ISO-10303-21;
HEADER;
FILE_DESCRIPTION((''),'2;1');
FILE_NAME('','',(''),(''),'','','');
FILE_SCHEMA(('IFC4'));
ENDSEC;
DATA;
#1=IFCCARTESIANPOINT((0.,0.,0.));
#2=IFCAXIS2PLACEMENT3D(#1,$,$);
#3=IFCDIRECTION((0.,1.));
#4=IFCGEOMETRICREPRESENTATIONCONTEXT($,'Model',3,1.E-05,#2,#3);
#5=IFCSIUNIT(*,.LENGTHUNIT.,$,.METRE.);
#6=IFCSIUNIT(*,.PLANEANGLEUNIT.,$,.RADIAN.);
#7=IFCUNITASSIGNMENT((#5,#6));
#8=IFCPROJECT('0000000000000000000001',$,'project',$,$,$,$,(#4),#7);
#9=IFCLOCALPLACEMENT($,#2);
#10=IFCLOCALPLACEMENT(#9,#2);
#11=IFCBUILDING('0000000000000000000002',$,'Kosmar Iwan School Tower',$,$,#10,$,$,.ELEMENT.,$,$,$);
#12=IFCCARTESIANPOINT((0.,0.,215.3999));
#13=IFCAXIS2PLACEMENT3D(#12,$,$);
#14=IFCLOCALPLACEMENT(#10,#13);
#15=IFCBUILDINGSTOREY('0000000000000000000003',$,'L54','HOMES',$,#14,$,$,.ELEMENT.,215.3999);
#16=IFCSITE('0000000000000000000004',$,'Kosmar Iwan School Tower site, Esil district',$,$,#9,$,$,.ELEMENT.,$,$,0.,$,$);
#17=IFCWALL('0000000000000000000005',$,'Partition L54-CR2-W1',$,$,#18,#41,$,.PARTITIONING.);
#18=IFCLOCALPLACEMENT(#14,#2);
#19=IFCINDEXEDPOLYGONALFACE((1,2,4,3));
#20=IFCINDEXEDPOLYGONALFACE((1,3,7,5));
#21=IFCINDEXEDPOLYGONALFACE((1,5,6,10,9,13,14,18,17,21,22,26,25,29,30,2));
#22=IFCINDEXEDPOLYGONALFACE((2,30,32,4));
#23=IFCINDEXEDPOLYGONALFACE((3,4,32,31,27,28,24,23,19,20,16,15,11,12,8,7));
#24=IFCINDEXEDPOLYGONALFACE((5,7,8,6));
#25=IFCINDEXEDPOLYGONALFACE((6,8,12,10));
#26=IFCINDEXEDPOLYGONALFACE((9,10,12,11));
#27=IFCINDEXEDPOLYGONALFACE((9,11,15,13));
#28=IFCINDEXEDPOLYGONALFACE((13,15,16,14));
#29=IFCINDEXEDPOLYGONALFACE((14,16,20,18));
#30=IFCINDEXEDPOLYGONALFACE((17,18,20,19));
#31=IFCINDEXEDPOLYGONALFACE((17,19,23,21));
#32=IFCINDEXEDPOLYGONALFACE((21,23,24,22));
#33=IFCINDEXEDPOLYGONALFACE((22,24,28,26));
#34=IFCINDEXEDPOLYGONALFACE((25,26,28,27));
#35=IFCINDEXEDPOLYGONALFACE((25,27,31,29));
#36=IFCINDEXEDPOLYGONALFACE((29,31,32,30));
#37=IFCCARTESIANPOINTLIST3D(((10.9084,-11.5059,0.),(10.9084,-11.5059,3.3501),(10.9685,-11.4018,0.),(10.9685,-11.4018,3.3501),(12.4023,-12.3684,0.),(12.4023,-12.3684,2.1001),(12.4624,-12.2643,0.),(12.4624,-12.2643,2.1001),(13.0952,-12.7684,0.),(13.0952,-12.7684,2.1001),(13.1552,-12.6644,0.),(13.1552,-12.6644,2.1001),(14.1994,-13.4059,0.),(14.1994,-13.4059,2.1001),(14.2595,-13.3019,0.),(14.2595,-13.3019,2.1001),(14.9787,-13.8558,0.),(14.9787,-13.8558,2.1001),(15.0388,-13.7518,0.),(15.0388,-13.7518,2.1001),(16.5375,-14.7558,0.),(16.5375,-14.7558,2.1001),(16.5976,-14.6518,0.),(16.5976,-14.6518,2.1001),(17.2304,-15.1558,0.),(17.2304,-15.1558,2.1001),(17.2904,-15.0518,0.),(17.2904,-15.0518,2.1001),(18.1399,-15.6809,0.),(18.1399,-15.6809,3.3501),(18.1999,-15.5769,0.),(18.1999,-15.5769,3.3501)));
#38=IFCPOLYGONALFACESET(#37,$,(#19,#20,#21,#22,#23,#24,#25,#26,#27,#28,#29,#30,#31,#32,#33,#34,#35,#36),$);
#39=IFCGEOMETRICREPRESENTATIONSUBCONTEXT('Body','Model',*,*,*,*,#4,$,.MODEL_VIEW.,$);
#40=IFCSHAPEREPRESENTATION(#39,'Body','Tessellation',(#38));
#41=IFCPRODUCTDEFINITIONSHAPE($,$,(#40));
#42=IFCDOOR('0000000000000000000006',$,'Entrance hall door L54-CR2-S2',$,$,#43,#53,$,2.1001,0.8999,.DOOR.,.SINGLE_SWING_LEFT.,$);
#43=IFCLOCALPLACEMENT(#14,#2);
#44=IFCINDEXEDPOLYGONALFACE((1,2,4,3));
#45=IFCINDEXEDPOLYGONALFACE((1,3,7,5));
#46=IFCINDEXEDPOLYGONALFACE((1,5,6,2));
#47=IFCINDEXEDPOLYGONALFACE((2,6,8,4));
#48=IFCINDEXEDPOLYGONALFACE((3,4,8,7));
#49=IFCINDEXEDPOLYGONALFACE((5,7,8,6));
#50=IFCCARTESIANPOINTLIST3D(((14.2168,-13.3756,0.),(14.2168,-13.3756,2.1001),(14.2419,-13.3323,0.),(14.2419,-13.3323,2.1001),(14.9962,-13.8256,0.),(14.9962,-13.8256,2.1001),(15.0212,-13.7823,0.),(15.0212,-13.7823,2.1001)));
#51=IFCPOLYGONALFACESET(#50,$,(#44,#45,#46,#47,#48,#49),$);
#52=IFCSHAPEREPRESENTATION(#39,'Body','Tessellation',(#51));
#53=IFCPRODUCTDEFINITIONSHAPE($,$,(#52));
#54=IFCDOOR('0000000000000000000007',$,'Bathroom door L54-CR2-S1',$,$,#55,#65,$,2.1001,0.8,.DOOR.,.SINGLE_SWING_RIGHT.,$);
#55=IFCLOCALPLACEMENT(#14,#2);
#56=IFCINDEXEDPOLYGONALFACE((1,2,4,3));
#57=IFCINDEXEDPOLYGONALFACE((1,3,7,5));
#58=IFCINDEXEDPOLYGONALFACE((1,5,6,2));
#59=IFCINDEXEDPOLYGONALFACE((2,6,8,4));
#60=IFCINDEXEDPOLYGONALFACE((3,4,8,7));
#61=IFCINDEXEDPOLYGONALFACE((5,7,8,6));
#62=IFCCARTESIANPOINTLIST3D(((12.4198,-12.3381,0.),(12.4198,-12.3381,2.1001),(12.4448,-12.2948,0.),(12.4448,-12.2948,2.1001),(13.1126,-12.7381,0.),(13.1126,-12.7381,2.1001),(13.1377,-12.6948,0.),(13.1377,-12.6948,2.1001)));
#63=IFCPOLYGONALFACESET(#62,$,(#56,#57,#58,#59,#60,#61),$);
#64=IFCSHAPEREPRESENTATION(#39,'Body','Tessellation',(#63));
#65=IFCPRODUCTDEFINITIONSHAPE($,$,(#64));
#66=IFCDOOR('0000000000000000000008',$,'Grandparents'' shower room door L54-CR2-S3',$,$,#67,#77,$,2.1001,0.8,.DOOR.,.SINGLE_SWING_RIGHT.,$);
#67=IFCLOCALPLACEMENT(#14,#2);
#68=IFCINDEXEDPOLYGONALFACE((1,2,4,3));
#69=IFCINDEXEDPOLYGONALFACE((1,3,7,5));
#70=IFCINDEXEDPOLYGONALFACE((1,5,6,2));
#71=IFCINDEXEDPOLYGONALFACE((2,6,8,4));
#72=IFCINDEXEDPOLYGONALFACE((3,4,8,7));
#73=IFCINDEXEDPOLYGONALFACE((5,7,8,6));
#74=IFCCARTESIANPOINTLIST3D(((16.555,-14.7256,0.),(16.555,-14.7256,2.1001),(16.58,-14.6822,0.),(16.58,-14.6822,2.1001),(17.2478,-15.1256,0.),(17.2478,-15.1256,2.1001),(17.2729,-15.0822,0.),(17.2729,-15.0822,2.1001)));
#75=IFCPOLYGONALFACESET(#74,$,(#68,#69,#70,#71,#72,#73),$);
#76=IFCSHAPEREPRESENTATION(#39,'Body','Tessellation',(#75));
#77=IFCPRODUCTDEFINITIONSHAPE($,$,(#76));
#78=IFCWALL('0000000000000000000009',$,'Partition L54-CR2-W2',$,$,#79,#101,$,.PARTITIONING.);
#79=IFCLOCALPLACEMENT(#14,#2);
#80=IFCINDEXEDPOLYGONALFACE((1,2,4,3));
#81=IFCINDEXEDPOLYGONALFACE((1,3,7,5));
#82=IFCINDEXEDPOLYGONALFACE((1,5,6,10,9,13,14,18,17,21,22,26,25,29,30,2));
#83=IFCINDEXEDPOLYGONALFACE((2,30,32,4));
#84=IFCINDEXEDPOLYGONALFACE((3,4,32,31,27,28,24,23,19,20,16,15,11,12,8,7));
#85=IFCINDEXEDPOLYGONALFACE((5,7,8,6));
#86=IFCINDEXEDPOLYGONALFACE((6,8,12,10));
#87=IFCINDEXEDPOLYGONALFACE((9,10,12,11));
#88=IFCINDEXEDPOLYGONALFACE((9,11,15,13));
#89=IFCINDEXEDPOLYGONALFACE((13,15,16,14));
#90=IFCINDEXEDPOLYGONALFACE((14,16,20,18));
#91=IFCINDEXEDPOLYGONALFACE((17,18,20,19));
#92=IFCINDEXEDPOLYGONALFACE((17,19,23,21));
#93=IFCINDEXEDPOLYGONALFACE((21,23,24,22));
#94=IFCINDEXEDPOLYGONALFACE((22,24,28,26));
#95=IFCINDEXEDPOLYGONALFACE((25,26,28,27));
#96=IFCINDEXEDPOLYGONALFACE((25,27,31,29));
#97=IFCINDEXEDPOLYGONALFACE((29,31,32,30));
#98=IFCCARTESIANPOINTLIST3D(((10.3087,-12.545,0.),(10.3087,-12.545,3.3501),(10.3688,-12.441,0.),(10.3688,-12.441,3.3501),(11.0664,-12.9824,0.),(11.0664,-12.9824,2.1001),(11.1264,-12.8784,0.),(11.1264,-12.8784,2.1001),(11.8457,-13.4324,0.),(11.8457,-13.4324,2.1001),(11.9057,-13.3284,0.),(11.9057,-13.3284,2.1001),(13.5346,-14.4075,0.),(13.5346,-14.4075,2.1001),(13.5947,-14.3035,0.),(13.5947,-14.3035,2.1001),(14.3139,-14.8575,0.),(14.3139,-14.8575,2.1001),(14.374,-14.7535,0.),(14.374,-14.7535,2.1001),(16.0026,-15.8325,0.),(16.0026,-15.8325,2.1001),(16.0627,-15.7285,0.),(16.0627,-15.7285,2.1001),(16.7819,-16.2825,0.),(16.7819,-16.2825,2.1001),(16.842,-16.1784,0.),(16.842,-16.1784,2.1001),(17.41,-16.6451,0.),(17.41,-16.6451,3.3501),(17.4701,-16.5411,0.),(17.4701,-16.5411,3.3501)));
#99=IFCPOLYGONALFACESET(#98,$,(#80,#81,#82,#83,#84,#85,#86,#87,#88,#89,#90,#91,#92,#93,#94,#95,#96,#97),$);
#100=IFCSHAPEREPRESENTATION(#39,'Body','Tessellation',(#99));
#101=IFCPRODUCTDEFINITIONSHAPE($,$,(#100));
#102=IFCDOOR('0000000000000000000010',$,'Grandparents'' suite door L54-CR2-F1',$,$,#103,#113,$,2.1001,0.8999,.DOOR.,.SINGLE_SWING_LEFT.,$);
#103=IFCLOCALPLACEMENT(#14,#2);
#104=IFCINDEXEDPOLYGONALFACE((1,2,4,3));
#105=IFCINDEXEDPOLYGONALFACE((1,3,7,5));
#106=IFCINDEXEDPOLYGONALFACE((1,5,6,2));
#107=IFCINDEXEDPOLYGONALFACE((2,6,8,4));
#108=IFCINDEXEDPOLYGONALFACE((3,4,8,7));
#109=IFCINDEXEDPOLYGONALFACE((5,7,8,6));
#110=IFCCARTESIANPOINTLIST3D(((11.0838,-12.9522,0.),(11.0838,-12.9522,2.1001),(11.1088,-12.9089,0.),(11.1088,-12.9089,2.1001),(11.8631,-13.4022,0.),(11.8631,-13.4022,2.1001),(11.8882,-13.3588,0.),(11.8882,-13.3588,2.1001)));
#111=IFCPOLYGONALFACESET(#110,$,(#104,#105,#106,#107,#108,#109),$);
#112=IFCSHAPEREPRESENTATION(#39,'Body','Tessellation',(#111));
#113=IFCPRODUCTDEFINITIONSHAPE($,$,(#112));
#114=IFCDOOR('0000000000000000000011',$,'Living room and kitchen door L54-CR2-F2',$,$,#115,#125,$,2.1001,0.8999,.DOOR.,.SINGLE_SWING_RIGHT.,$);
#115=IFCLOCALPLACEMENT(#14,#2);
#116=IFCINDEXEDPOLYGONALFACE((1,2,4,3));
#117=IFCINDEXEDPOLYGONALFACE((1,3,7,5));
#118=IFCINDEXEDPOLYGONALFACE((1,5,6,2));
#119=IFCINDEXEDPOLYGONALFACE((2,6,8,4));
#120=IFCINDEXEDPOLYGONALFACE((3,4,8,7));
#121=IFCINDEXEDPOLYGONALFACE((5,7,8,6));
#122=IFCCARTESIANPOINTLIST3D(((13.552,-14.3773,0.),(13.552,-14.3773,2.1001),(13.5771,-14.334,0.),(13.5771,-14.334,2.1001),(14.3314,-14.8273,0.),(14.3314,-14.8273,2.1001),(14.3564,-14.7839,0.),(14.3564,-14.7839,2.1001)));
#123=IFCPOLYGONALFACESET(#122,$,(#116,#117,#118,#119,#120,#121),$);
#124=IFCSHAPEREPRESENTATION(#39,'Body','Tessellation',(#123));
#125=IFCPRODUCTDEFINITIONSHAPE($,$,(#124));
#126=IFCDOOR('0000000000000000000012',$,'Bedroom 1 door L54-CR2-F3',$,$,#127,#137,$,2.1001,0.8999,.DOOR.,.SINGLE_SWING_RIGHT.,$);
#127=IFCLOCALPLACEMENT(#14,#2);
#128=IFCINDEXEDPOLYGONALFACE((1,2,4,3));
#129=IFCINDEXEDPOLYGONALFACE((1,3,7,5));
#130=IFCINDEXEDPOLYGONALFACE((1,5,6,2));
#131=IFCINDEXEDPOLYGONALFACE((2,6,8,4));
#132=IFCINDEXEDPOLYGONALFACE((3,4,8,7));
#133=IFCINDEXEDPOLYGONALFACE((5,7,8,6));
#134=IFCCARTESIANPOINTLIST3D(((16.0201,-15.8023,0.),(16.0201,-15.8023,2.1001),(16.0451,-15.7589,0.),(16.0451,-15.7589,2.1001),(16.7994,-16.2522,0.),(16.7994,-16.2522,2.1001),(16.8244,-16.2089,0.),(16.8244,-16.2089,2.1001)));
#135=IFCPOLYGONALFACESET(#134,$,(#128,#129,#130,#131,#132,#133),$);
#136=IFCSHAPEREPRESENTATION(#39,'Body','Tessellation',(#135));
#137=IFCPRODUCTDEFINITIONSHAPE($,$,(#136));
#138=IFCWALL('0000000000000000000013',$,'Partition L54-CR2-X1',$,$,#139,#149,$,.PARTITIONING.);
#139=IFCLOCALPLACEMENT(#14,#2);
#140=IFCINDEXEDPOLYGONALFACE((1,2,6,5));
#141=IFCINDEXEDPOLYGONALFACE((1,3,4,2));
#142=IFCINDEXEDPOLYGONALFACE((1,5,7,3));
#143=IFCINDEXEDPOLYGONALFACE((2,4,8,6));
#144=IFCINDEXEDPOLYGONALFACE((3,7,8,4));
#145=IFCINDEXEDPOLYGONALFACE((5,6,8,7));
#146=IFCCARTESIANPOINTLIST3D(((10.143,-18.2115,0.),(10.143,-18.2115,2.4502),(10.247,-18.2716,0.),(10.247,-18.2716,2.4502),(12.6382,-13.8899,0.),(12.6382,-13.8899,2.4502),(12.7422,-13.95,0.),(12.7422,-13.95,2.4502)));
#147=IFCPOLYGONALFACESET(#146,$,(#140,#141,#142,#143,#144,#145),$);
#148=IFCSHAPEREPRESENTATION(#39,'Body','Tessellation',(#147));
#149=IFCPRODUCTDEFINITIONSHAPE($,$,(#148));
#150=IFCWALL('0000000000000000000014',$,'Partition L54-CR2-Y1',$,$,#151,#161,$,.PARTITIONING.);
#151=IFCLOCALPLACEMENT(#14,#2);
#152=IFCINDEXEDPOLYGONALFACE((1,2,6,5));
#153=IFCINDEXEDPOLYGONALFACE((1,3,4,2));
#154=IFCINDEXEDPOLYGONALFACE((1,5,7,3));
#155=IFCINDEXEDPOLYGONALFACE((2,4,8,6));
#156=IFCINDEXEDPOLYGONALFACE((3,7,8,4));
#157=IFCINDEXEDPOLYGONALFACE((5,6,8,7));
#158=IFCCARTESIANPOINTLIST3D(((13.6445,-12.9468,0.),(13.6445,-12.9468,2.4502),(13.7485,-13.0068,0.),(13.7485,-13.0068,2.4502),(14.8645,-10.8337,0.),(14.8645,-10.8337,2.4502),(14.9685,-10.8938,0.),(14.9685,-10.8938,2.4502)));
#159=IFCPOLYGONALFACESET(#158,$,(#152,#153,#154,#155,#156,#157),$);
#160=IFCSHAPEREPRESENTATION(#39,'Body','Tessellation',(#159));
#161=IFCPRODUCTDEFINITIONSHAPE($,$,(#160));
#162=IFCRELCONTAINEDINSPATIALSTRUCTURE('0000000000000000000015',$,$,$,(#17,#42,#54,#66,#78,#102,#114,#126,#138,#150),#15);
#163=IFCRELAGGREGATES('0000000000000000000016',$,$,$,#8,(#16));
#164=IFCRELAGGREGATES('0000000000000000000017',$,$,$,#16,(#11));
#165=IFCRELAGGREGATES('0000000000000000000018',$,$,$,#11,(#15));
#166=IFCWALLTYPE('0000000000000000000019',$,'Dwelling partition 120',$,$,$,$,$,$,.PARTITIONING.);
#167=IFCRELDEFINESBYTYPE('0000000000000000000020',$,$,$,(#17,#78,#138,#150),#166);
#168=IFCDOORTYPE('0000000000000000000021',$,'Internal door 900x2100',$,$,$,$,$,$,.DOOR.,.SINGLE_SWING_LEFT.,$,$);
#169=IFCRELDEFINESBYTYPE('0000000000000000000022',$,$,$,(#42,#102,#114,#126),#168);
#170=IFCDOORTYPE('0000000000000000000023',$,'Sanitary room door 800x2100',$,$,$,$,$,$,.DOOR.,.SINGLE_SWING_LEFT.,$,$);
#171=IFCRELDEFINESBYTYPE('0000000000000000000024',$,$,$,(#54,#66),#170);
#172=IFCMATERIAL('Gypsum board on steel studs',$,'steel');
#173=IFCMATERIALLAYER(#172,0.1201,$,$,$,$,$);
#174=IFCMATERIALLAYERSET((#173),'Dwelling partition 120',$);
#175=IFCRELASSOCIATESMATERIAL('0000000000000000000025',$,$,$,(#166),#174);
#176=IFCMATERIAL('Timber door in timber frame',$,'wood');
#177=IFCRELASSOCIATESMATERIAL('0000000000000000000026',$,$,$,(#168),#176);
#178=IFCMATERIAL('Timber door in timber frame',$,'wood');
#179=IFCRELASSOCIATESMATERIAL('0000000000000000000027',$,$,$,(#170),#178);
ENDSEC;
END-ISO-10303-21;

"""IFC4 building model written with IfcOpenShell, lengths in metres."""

from ifc_helpers import new_model, si_unit, direction, frame, frame_2d, origin, place, context, subcontext, project, spatial, rectangle, extrude, material, layer, layer_set, type_object, element, fill, save


model = new_model("IFC4")

# Units and contexts
model_context = context("Model", 3, precision=1e-05, world=origin(), true_north=direction((0.0, 1.0)))
body_context = subcontext(model_context, "Body", "Model", "MODEL_VIEW")
ifc_project = project(units=[si_unit("LENGTHUNIT", "METRE"), si_unit("PLANEANGLEUNIT", "RADIAN")], contexts=[model_context])

# Site, building, storey
site_placement = place(None, origin())
site = spatial("IfcSite", under=ifc_project, at=site_placement, Name="Kosmar Iwan School Tower site, Esil district", CompositionType="ELEMENT", RefElevation=0.0)
building_placement = place(site_placement, origin())
building = spatial("IfcBuilding", under=site, at=building_placement, Name="Kosmar Iwan School Tower", CompositionType="ELEMENT")
storey_placement = place(building_placement, frame((0.0, 0.0, 215.3999)))
storey = spatial("IfcBuildingStorey", under=building, at=storey_placement, Name="L54", Description="HOMES", CompositionType="ELEMENT", Elevation=215.3999)

# Shared definitions
ifc_material_1 = material(Name="Gypsum board on steel studs", Category="steel")
ifc_layer_1 = layer(ifc_material_1, 0.1201)
ifc_layer_set_1 = layer_set([ifc_layer_1], Name="Dwelling partition 120")
wall_type_1 = type_object("IfcWallType", Name="Dwelling partition 120", PredefinedType="PARTITIONING", material=ifc_layer_set_1)
ifc_material_2 = material(Name="Timber door in timber frame", Category="wood")
door_type_1 = type_object("IfcDoorType", Name="Internal door 900x2100", OperationType="SINGLE_SWING_LEFT", PredefinedType="DOOR", material=ifc_material_2)
ifc_material_3 = material(Name="Timber door in timber frame", Category="wood")
door_type_2 = type_object("IfcDoorType", Name="Sanitary room door 800x2100", OperationType="SINGLE_SWING_LEFT", PredefinedType="DOOR", material=ifc_material_3)

# Walls, openings, doors
wall_1_placement = place(storey_placement, frame((10.9385, -11.4539, 0.0), z_axis=(0.0, 0.0, 1.0), x_axis=(0.866027, -0.499997, 0.0)))
wall_1 = element("IfcWall", 1, at=wall_1_placement, inside=storey, type_object=wall_type_1, Name="Partition L54-CR2-W1", PredefinedType="PARTITIONING", context=body_context, shape_type="SweptSolid", body=[
    extrude(rectangle(XDim=8.3501, YDim=0.1201, at=frame_2d((4.175, 0.0))), origin(), (0.0, 0.0, 1.0), 3.3501),
])
opening_1_placement = place(wall_1_placement, frame((1.7251, 0.0, 0.0)))
opening_1 = element("IfcOpeningElement", 2, at=opening_1_placement, cuts=wall_1, PredefinedType="OPENING", context=body_context, shape_type="SweptSolid", body=[
    extrude(rectangle(XDim=0.8, YDim=2.1001, at=frame_2d((0.3999, 1.05))), frame((0.0, 0.072, 0.0), z_axis=(0.0, -1.0, 0.0), x_axis=(1.0, 0.0, 0.0)), (0.0, 0.0, 1.0), 0.144),
])
opening_2_placement = place(wall_1_placement, frame((3.8, 0.0, 0.0)))
opening_2 = element("IfcOpeningElement", 3, at=opening_2_placement, cuts=wall_1, PredefinedType="OPENING", context=body_context, shape_type="SweptSolid", body=[
    extrude(rectangle(XDim=0.8999, YDim=2.1001, at=frame_2d((0.45, 1.05))), frame((0.0, 0.072, 0.0), z_axis=(0.0, -1.0, 0.0), x_axis=(1.0, 0.0, 0.0)), (0.0, 0.0, 1.0), 0.144),
])
opening_3_placement = place(wall_1_placement, frame((6.5, 0.0, 0.0)))
opening_3 = element("IfcOpeningElement", 4, at=opening_3_placement, cuts=wall_1, PredefinedType="OPENING", context=body_context, shape_type="SweptSolid", body=[
    extrude(rectangle(XDim=0.8, YDim=2.1001, at=frame_2d((0.3999, 1.05))), frame((0.0, 0.072, 0.0), z_axis=(0.0, -1.0, 0.0), x_axis=(1.0, 0.0, 0.0)), (0.0, 0.0, 1.0), 0.144),
])
door_1_placement = place(opening_2_placement, origin())
door_1 = element("IfcDoor", 5, at=door_1_placement, inside=storey, type_object=door_type_1, Name="Entrance hall door L54-CR2-S2", OperationType="SINGLE_SWING_LEFT", OverallHeight=2.1001, OverallWidth=0.8999, PredefinedType="DOOR", context=body_context, shape_type="SweptSolid", body=[
    extrude(rectangle(XDim=0.8999, YDim=2.1001, at=frame_2d((0.45, 1.05))), frame((0.0, 0.0249, 0.0), z_axis=(0.0, -1.0, 0.0), x_axis=(1.0, 0.0, 0.0)), (0.0, 0.0, 1.0), 0.05),
])
fill(opening_2, door_1)
door_2_placement = place(opening_1_placement, origin())
door_2 = element("IfcDoor", 6, at=door_2_placement, inside=storey, type_object=door_type_2, Name="Bathroom door L54-CR2-S1", OperationType="SINGLE_SWING_RIGHT", OverallHeight=2.1001, OverallWidth=0.8, PredefinedType="DOOR", context=body_context, shape_type="SweptSolid", body=[
    extrude(rectangle(XDim=0.8, YDim=2.1001, at=frame_2d((0.3999, 1.05))), frame((0.0, 0.0249, 0.0), z_axis=(0.0, -1.0, 0.0), x_axis=(1.0, 0.0, 0.0)), (0.0, 0.0, 1.0), 0.05),
])
fill(opening_1, door_2)
door_3_placement = place(opening_3_placement, origin())
door_3 = element("IfcDoor", 7, at=door_3_placement, inside=storey, type_object=door_type_2, Name="Grandparents' shower room door L54-CR2-S3", OperationType="SINGLE_SWING_RIGHT", OverallHeight=2.1001, OverallWidth=0.8, PredefinedType="DOOR", context=body_context, shape_type="SweptSolid", body=[
    extrude(rectangle(XDim=0.8, YDim=2.1001, at=frame_2d((0.3999, 1.05))), frame((0.0, 0.0249, 0.0), z_axis=(0.0, -1.0, 0.0), x_axis=(1.0, 0.0, 0.0)), (0.0, 0.0, 1.0), 0.05),
])
fill(opening_3, door_3)
wall_2_placement = place(storey_placement, frame((10.3386, -12.4929, 0.0), z_axis=(0.0, 0.0, 1.0), x_axis=(0.866018, -0.500014, 0.0)))
wall_2 = element("IfcWall", 8, at=wall_2_placement, inside=storey, type_object=wall_type_1, Name="Partition L54-CR2-W2", PredefinedType="PARTITIONING", context=body_context, shape_type="SweptSolid", body=[
    extrude(rectangle(XDim=8.2, YDim=0.1201, at=frame_2d((4.1001, 0.0))), origin(), (0.0, 0.0, 1.0), 3.3501),
])
opening_4_placement = place(wall_2_placement, frame((0.875, 0.0, 0.0)))
opening_4 = element("IfcOpeningElement", 9, at=opening_4_placement, cuts=wall_2, PredefinedType="OPENING", context=body_context, shape_type="SweptSolid", body=[
    extrude(rectangle(XDim=0.8999, YDim=2.1001, at=frame_2d((0.45, 1.05))), frame((0.0, 0.072, 0.0), z_axis=(0.0, -1.0, 0.0), x_axis=(1.0, 0.0, 0.0)), (0.0, 0.0, 1.0), 0.144),
])
opening_5_placement = place(wall_2_placement, frame((3.7251, 0.0, 0.0)))
opening_5 = element("IfcOpeningElement", 10, at=opening_5_placement, cuts=wall_2, PredefinedType="OPENING", context=body_context, shape_type="SweptSolid", body=[
    extrude(rectangle(XDim=0.8999, YDim=2.1001, at=frame_2d((0.45, 1.05))), frame((0.0, 0.072, 0.0), z_axis=(0.0, -1.0, 0.0), x_axis=(1.0, 0.0, 0.0)), (0.0, 0.0, 1.0), 0.144),
])
opening_6_placement = place(wall_2_placement, frame((6.575, 0.0, 0.0)))
opening_6 = element("IfcOpeningElement", 11, at=opening_6_placement, cuts=wall_2, PredefinedType="OPENING", context=body_context, shape_type="SweptSolid", body=[
    extrude(rectangle(XDim=0.8999, YDim=2.1001, at=frame_2d((0.45, 1.05))), frame((0.0, 0.072, 0.0), z_axis=(0.0, -1.0, 0.0), x_axis=(1.0, 0.0, 0.0)), (0.0, 0.0, 1.0), 0.144),
])
door_4_placement = place(opening_4_placement, origin())
door_4 = element("IfcDoor", 12, at=door_4_placement, inside=storey, type_object=door_type_1, Name="Grandparents' suite door L54-CR2-F1", OperationType="SINGLE_SWING_LEFT", OverallHeight=2.1001, OverallWidth=0.8999, PredefinedType="DOOR", context=body_context, shape_type="SweptSolid", body=[
    extrude(rectangle(XDim=0.8999, YDim=2.1001, at=frame_2d((0.45, 1.05))), frame((0.0, 0.0249, 0.0), z_axis=(0.0, -1.0, 0.0), x_axis=(1.0, 0.0, 0.0)), (0.0, 0.0, 1.0), 0.05),
])
fill(opening_4, door_4)
door_5_placement = place(opening_5_placement, origin())
door_5 = element("IfcDoor", 13, at=door_5_placement, inside=storey, type_object=door_type_1, Name="Living room and kitchen door L54-CR2-F2", OperationType="SINGLE_SWING_RIGHT", OverallHeight=2.1001, OverallWidth=0.8999, PredefinedType="DOOR", context=body_context, shape_type="SweptSolid", body=[
    extrude(rectangle(XDim=0.8999, YDim=2.1001, at=frame_2d((0.45, 1.05))), frame((0.0, 0.0249, 0.0), z_axis=(0.0, -1.0, 0.0), x_axis=(1.0, 0.0, 0.0)), (0.0, 0.0, 1.0), 0.05),
])
fill(opening_5, door_5)
door_6_placement = place(opening_6_placement, origin())
door_6 = element("IfcDoor", 14, at=door_6_placement, inside=storey, type_object=door_type_1, Name="Bedroom 1 door L54-CR2-F3", OperationType="SINGLE_SWING_RIGHT", OverallHeight=2.1001, OverallWidth=0.8999, PredefinedType="DOOR", context=body_context, shape_type="SweptSolid", body=[
    extrude(rectangle(XDim=0.8999, YDim=2.1001, at=frame_2d((0.45, 1.05))), frame((0.0, 0.0249, 0.0), z_axis=(0.0, -1.0, 0.0), x_axis=(1.0, 0.0, 0.0)), (0.0, 0.0, 1.0), 0.05),
])
fill(opening_6, door_6)

# Walls
wall_3_placement = place(storey_placement, frame((12.6902, -13.9199, 0.0), z_axis=(0.0, 0.0, 1.0), x_axis=(-0.500012, -0.866019, 0.0)))
element("IfcWall", 15, at=wall_3_placement, inside=storey, type_object=wall_type_1, Name="Partition L54-CR2-X1", PredefinedType="PARTITIONING", context=body_context, shape_type="SweptSolid", body=[
    extrude(rectangle(XDim=4.9902, YDim=0.1201, at=frame_2d((2.4951, 0.0))), origin(), (0.0, 0.0, 1.0), 2.4502),
])
wall_4_placement = place(storey_placement, frame((14.9165, -10.8638, 0.0), z_axis=(0.0, 0.0, 1.0), x_axis=(-0.500003, -0.866024, 0.0)))
element("IfcWall", 16, at=wall_4_placement, inside=storey, type_object=wall_type_1, Name="Partition L54-CR2-Y1", PredefinedType="PARTITIONING", context=body_context, shape_type="SweptSolid", body=[
    extrude(rectangle(XDim=2.4399, YDim=0.1201, at=frame_2d((1.22, 0.0))), origin(), (0.0, 0.0, 1.0), 2.4502),
])

save(model, "model.ifc")
